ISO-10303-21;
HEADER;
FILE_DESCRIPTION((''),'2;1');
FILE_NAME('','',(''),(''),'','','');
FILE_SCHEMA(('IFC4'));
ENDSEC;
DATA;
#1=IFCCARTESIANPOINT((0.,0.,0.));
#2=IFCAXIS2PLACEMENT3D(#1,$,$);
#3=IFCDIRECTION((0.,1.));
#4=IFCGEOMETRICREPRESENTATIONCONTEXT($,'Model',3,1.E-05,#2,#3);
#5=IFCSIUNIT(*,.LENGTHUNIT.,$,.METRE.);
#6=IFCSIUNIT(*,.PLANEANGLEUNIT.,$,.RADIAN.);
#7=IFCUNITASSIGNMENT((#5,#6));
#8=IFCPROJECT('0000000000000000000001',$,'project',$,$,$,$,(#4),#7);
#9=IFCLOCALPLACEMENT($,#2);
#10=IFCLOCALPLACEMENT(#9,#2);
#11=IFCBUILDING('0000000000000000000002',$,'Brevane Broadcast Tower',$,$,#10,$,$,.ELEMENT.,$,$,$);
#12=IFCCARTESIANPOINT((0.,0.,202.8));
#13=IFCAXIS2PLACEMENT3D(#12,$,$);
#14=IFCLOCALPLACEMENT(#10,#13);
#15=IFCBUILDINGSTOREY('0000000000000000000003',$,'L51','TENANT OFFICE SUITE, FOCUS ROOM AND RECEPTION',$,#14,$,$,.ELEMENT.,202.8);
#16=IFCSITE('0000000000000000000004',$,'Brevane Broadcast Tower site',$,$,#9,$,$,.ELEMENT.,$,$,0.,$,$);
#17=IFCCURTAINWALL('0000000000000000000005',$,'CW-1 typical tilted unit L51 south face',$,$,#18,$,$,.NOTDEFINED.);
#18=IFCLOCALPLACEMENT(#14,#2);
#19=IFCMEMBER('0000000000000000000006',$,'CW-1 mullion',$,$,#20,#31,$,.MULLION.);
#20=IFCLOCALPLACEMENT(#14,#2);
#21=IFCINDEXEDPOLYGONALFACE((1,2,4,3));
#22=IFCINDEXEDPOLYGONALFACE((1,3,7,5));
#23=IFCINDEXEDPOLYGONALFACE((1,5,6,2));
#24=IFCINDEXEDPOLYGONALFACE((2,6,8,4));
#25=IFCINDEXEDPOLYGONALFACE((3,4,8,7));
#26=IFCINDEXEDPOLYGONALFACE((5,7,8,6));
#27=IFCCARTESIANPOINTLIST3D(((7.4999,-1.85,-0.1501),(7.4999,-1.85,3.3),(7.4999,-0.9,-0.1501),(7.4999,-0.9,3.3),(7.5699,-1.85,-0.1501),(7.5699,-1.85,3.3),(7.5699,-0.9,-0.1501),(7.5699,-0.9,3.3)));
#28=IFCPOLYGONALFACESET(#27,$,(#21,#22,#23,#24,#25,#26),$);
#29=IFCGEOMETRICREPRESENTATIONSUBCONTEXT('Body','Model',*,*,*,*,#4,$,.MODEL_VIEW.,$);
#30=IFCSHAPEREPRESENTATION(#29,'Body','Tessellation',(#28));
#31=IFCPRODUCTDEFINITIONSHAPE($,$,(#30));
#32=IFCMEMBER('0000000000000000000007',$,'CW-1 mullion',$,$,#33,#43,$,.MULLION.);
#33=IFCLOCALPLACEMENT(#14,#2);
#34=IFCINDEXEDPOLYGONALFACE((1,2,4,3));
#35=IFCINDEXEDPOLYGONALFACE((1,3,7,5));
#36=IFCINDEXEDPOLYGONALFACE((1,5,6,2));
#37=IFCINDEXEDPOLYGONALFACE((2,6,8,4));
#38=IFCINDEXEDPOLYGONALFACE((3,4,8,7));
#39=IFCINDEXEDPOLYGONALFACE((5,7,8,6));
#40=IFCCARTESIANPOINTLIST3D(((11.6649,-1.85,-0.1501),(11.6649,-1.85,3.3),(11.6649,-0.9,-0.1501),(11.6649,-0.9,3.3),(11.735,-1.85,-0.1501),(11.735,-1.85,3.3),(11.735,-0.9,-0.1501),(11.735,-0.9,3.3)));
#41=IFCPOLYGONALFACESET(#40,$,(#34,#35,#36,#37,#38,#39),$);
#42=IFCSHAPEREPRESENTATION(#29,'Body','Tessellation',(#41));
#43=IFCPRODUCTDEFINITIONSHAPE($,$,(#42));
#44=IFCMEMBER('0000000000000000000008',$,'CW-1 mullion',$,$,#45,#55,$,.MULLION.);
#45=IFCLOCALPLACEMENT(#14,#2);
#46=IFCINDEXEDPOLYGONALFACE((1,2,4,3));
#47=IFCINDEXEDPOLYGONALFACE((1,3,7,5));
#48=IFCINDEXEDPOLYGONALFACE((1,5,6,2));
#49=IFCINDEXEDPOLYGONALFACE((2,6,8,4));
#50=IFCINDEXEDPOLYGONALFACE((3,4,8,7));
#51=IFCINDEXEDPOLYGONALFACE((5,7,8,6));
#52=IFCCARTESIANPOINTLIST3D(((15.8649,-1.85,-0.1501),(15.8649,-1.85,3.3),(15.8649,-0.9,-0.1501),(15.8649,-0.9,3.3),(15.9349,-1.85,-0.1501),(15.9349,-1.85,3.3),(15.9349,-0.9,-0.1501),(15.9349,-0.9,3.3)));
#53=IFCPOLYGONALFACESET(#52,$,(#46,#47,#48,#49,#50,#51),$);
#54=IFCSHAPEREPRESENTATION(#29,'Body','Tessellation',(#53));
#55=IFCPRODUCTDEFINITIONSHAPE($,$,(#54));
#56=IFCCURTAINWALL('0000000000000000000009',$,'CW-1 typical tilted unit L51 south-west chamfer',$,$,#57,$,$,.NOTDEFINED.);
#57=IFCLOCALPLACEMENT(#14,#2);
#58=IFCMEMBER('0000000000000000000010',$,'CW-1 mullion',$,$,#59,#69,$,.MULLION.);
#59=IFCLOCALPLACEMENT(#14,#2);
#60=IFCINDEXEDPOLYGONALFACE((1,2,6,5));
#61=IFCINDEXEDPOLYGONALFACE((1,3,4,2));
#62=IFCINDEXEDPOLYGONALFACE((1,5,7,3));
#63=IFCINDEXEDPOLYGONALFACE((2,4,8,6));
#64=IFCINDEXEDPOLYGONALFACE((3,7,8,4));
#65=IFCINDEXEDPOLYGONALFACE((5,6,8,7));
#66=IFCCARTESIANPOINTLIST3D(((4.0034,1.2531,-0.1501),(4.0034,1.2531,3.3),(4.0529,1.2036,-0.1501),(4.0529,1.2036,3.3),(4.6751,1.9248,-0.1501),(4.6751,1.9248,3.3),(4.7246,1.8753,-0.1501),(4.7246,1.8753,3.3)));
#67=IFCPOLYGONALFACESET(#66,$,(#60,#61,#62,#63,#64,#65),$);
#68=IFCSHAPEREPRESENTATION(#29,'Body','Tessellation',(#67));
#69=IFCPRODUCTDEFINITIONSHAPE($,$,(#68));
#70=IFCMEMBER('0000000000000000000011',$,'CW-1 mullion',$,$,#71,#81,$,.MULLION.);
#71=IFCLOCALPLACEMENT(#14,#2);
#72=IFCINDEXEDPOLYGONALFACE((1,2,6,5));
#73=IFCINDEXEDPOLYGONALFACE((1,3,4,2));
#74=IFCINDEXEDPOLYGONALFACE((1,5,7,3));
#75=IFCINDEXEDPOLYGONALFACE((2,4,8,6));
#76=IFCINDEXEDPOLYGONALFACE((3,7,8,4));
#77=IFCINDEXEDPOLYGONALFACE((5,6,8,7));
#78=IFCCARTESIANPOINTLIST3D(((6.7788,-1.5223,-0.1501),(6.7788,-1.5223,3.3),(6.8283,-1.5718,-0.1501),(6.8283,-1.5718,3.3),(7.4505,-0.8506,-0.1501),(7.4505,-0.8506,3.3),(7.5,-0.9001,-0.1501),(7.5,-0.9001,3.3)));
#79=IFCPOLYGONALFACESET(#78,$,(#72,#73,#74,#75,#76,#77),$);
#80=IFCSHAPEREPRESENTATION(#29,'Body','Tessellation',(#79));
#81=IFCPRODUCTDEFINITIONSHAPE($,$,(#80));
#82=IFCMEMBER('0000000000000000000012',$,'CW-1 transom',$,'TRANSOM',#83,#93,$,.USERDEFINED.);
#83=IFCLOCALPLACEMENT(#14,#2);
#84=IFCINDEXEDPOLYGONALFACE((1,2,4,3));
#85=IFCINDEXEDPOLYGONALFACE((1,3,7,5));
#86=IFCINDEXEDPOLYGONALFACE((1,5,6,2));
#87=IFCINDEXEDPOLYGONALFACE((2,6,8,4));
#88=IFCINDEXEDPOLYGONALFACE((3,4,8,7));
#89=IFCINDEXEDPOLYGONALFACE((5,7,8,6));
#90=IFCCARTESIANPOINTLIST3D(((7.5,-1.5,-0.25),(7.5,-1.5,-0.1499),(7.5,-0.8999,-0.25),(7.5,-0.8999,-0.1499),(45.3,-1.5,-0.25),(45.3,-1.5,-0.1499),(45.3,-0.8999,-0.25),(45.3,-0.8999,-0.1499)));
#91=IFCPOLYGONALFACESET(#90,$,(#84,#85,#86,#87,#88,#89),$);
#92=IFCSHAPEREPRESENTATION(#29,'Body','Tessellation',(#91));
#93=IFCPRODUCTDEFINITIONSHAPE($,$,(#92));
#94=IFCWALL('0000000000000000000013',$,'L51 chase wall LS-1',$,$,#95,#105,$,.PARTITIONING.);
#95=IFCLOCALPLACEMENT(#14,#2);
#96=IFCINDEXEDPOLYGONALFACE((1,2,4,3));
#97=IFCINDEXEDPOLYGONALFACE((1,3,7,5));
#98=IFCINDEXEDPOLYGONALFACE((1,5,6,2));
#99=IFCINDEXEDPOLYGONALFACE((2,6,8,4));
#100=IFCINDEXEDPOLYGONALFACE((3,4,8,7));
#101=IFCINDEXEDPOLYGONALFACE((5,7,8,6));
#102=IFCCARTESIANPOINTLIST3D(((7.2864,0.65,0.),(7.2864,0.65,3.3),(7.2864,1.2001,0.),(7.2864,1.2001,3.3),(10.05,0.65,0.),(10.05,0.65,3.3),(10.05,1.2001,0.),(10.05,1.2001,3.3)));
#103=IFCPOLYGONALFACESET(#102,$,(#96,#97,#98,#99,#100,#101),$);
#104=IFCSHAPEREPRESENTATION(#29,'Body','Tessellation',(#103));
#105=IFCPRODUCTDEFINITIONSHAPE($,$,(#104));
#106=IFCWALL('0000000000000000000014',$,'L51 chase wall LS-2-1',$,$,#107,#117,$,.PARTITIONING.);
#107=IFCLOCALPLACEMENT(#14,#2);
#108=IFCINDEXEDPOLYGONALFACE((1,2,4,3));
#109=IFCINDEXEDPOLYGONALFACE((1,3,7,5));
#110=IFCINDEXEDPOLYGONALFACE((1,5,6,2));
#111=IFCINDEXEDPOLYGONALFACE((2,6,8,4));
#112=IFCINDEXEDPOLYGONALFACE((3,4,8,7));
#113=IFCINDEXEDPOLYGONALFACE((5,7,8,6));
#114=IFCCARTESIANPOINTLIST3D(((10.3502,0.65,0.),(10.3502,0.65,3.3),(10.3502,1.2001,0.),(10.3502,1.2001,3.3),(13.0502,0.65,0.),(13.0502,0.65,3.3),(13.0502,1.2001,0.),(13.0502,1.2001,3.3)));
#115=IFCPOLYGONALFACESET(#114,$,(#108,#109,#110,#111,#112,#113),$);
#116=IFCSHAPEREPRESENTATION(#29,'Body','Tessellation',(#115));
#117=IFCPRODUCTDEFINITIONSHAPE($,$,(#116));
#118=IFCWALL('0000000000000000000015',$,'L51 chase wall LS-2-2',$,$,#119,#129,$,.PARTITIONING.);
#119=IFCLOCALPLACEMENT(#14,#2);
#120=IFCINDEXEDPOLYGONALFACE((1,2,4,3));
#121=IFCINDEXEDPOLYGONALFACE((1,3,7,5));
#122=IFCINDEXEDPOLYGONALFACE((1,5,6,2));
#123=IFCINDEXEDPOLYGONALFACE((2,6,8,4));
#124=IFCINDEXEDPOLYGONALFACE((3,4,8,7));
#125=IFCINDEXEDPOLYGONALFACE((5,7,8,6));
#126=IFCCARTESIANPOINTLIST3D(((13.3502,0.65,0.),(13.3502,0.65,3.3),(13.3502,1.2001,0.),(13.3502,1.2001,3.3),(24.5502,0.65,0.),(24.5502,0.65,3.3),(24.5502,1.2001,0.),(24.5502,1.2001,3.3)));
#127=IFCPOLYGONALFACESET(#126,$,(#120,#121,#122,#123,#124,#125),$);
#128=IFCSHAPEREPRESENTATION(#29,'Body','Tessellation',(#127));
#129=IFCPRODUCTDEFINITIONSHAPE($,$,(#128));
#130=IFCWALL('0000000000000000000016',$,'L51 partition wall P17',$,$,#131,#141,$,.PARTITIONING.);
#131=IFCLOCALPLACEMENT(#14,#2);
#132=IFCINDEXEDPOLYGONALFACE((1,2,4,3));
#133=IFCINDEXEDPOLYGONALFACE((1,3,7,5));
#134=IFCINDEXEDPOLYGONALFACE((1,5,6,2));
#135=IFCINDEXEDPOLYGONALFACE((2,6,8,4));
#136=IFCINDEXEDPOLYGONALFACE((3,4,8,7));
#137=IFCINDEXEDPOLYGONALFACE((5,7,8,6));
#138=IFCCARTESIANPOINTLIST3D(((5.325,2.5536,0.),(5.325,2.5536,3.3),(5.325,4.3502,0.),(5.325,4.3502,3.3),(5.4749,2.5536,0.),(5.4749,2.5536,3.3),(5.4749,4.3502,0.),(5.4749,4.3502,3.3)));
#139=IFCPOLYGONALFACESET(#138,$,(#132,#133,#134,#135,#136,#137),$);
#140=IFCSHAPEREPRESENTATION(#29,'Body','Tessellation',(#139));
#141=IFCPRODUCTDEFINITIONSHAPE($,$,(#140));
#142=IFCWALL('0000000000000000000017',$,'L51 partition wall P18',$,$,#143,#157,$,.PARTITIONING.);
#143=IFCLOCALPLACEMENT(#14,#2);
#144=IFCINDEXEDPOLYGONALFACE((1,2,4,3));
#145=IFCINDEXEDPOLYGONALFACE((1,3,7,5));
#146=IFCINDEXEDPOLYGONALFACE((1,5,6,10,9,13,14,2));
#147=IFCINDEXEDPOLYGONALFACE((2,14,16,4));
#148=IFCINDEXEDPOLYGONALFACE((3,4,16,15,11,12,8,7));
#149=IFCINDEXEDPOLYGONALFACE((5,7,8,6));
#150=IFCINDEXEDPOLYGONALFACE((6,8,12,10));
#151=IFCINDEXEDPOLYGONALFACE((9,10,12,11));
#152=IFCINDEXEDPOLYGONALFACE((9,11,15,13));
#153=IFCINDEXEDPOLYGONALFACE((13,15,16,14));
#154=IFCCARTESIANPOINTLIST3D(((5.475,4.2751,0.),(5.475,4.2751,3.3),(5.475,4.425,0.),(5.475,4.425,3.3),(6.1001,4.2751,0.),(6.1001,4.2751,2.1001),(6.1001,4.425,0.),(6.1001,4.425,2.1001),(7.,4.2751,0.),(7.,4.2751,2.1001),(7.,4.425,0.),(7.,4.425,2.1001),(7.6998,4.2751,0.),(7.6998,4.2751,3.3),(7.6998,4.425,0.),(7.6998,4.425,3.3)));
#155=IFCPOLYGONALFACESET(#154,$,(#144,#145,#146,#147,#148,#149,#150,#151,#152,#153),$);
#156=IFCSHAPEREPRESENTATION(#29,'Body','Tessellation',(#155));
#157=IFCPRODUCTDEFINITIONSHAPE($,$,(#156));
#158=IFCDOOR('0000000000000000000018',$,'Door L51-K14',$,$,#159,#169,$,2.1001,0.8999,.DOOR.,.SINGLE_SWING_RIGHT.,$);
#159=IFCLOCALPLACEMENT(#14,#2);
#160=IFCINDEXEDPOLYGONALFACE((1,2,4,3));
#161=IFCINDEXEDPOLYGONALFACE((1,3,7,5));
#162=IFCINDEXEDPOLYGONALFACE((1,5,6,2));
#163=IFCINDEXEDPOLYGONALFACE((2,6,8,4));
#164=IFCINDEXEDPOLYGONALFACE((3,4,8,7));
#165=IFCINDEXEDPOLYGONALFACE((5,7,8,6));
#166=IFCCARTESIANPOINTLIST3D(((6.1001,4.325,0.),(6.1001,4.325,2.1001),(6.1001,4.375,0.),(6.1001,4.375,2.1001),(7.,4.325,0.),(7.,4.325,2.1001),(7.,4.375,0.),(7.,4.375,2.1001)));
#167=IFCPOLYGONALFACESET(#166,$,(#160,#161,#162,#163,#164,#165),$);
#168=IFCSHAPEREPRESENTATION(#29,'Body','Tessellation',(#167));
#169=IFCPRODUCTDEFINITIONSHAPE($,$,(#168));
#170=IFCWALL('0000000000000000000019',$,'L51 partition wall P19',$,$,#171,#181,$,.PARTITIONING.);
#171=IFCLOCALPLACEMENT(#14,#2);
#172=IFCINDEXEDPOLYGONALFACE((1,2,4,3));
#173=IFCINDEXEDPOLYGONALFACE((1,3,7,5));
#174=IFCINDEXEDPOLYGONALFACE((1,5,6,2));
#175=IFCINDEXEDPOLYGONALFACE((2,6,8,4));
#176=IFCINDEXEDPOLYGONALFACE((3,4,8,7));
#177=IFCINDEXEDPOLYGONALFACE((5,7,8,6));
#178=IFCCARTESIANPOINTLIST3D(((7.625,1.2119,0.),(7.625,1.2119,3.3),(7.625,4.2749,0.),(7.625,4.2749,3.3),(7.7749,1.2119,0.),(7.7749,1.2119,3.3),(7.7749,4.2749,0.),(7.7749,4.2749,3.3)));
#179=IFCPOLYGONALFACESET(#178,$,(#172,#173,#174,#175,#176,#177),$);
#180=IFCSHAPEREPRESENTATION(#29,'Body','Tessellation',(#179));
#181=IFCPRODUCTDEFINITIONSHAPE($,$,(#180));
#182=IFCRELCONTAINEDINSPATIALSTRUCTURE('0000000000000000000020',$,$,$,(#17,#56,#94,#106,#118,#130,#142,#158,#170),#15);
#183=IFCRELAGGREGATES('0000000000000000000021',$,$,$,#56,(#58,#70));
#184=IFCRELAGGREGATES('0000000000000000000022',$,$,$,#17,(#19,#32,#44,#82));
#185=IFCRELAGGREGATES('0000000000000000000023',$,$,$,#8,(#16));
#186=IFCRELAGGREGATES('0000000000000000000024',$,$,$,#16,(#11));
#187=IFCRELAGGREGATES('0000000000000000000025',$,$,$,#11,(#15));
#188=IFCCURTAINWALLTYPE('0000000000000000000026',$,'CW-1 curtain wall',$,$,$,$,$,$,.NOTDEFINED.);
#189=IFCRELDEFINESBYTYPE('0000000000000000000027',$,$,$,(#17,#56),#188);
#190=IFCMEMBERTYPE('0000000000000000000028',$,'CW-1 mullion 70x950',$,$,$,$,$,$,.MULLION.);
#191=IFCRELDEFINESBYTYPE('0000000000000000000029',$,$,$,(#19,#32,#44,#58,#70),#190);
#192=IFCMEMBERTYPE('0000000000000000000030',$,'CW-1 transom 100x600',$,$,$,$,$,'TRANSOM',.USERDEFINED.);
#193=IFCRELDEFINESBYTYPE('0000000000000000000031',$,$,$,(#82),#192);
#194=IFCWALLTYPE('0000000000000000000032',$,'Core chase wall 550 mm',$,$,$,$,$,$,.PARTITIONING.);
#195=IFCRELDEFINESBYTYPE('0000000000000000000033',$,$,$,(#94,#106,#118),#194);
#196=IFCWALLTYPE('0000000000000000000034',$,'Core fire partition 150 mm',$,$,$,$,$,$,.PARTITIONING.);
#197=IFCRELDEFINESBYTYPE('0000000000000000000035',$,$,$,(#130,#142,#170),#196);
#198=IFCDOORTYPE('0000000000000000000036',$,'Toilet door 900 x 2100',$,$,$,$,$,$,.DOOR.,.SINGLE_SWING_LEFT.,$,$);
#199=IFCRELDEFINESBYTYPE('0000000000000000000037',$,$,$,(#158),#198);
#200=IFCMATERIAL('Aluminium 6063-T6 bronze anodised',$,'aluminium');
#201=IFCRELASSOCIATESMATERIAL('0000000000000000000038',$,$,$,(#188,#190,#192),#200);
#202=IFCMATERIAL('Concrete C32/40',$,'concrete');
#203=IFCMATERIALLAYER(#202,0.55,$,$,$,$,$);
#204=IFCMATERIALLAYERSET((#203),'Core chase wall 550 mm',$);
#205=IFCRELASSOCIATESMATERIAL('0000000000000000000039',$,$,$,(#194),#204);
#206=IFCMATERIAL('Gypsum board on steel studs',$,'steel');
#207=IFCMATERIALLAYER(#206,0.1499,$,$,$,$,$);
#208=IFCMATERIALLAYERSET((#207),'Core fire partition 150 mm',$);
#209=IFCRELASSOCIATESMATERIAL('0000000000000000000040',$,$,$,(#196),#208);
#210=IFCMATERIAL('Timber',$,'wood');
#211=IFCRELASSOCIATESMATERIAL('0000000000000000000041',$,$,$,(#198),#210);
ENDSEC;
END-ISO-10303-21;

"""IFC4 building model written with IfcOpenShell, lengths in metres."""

from ifc_helpers import new_model, si_unit, direction, frame, frame_2d, origin, origin_2d, place, context, subcontext, project, spatial, rectangle, extrude, material, layer, layer_set, material_profile, profile_set, type_object, element, fill, aggregate, save


model = new_model("IFC4")

# Units and contexts
model_context = context("Model", 3, precision=1e-05, world=origin(), true_north=direction((0.0, 1.0)))
body_context = subcontext(model_context, "Body", "Model", "MODEL_VIEW")
ifc_project = project(units=[si_unit("LENGTHUNIT", "METRE"), si_unit("PLANEANGLEUNIT", "RADIAN")], contexts=[model_context])

# Site, building, storey
site_placement = place(None, origin())
site = spatial("IfcSite", under=ifc_project, at=site_placement, Name="Brevane Broadcast Tower site", CompositionType="ELEMENT", RefElevation=0.0)
building_placement = place(site_placement, origin())
building = spatial("IfcBuilding", under=site, at=building_placement, Name="Brevane Broadcast Tower", CompositionType="ELEMENT")
storey_placement = place(building_placement, frame((0.0, 0.0, 202.8)))
storey = spatial("IfcBuildingStorey", under=building, at=storey_placement, Name="L51", Description="TENANT OFFICE SUITE, FOCUS ROOM AND RECEPTION", CompositionType="ELEMENT", Elevation=202.8)

# Curtain walls, members
ifc_material_1 = material(Name="Aluminium 6063-T6 bronze anodised", Category="aluminium")
curtain_wall_type = type_object("IfcCurtainWallType", Name="CW-1 curtain wall", PredefinedType="NOTDEFINED", material=ifc_material_1)
curtain_wall_1_placement = place(storey_placement, origin())
curtain_wall_1 = element("IfcCurtainWall", 1, at=curtain_wall_1_placement, inside=storey, type_object=curtain_wall_type, Name="CW-1 typical tilted unit L51 south face", PredefinedType="NOTDEFINED")
ifc_material_profile_1 = material_profile(ifc_material_1, rectangle(XDim=0.95, YDim=0.0701, at=origin_2d()), Name="RECT 70x950")
ifc_profile_set_1 = profile_set([ifc_material_profile_1], Name="Aluminium 6063-T6 bronze anodised")
member_type_1 = type_object("IfcMemberType", Name="CW-1 mullion 70x950", PredefinedType="MULLION", material=ifc_profile_set_1)
member_1_placement = place(storey_placement, frame((7.5349, -1.375, -0.1501), z_axis=(0.0, 0.0, 1.0), x_axis=(0.0, 1.0, 0.0)))
member_1 = element("IfcMember", 2, at=member_1_placement, type_object=member_type_1, Name="CW-1 mullion", PredefinedType="MULLION", context=body_context, shape_type="SweptSolid", body=[
    extrude(rectangle(XDim=0.95, YDim=0.0701, at=origin_2d()), origin(), (0.0, 0.0, 1.0), 3.4502),
])
member_2_placement = place(storey_placement, frame((11.7, -1.375, -0.1501), z_axis=(0.0, 0.0, 1.0), x_axis=(0.0, 1.0, 0.0)))
member_2 = element("IfcMember", 3, at=member_2_placement, type_object=member_type_1, Name="CW-1 mullion", PredefinedType="MULLION", context=body_context, shape_type="SweptSolid", body=[
    extrude(rectangle(XDim=0.95, YDim=0.0701, at=origin_2d()), origin(), (0.0, 0.0, 1.0), 3.4502),
])
member_3_placement = place(storey_placement, frame((15.8999, -1.375, -0.1501), z_axis=(0.0, 0.0, 1.0), x_axis=(0.0, 1.0, 0.0)))
member_3 = element("IfcMember", 4, at=member_3_placement, type_object=member_type_1, Name="CW-1 mullion", PredefinedType="MULLION", context=body_context, shape_type="SweptSolid", body=[
    extrude(rectangle(XDim=0.95, YDim=0.0701, at=origin_2d()), origin(), (0.0, 0.0, 1.0), 3.4502),
])
curtain_wall_2_placement = place(storey_placement, origin())
curtain_wall_2 = element("IfcCurtainWall", 5, at=curtain_wall_2_placement, inside=storey, type_object=curtain_wall_type, Name="CW-1 typical tilted unit L51 south-west chamfer", PredefinedType="NOTDEFINED")
member_4_placement = place(storey_placement, frame((4.364, 1.5642, -0.1501), z_axis=(0.0, 0.0, 1.0), x_axis=(0.707107, 0.707107, 0.0)))
member_4 = element("IfcMember", 6, at=member_4_placement, type_object=member_type_1, Name="CW-1 mullion", PredefinedType="MULLION", context=body_context, shape_type="SweptSolid", body=[
    extrude(rectangle(XDim=0.95, YDim=0.0701, at=origin_2d()), origin(), (0.0, 0.0, 1.0), 3.4502),
])
member_5_placement = place(storey_placement, frame((7.1394, -1.2112, -0.1501), z_axis=(0.0, 0.0, 1.0), x_axis=(0.707107, 0.707107, 0.0)))
member_5 = element("IfcMember", 7, at=member_5_placement, type_object=member_type_1, Name="CW-1 mullion", PredefinedType="MULLION", context=body_context, shape_type="SweptSolid", body=[
    extrude(rectangle(XDim=0.95, YDim=0.0701, at=origin_2d()), origin(), (0.0, 0.0, 1.0), 3.4502),
])
aggregate(curtain_wall_2, [member_4, member_5])

# Member
ifc_material_profile_2 = material_profile(ifc_material_1, rectangle(XDim=0.6001, YDim=0.1001, at=origin_2d()), Name="RECT 100x600")
ifc_profile_set_2 = profile_set([ifc_material_profile_2], Name="Aluminium 6063-T6 bronze anodised")
member_type_2 = type_object("IfcMemberType", Name="CW-1 transom 100x600", ElementType="TRANSOM", PredefinedType="USERDEFINED", material=ifc_profile_set_2)
member_6_placement = place(storey_placement, frame((7.5, -1.2, -0.2), z_axis=(1.0, 0.0, 0.0), x_axis=(0.0, 1.0, 0.0)))
member_6 = element("IfcMember", 8, at=member_6_placement, type_object=member_type_2, Name="CW-1 transom", ObjectType="TRANSOM", PredefinedType="USERDEFINED", context=body_context, shape_type="SweptSolid", body=[
    extrude(rectangle(XDim=0.6001, YDim=0.1001, at=origin_2d()), origin(), (0.0, 0.0, 1.0), 37.8),
])
aggregate(curtain_wall_1, [member_1, member_2, member_3, member_6])

# Walls
ifc_material_2 = material(Name="Concrete C32/40", Category="concrete")
ifc_layer_1 = layer(ifc_material_2, 0.55)
ifc_layer_set_1 = layer_set([ifc_layer_1], Name="Core chase wall 550 mm")
wall_type_1 = type_object("IfcWallType", Name="Core chase wall 550 mm", PredefinedType="PARTITIONING", material=ifc_layer_set_1)
wall_1_placement = place(storey_placement, frame((7.2864, 0.925, 0.0), z_axis=(0.0, 0.0, 1.0), x_axis=(1.0, 0.0, 0.0)))
element("IfcWall", 9, at=wall_1_placement, inside=storey, type_object=wall_type_1, Name="L51 chase wall LS-1", PredefinedType="PARTITIONING", context=body_context, shape_type="SweptSolid", body=[
    extrude(rectangle(XDim=2.7637, YDim=0.55, at=frame_2d((1.3818, 0.0))), origin(), (0.0, 0.0, 1.0), 3.3),
])
wall_2_placement = place(storey_placement, frame((10.3501, 0.925, 0.0), z_axis=(0.0, 0.0, 1.0), x_axis=(1.0, 0.0, 0.0)))
element("IfcWall", 10, at=wall_2_placement, inside=storey, type_object=wall_type_1, Name="L51 chase wall LS-2-1", PredefinedType="PARTITIONING", context=body_context, shape_type="SweptSolid", body=[
    extrude(rectangle(XDim=2.7, YDim=0.55, at=frame_2d((1.3501, 0.0))), origin(), (0.0, 0.0, 1.0), 3.3),
])
wall_3_placement = place(storey_placement, frame((13.3501, 0.925, 0.0), z_axis=(0.0, 0.0, 1.0), x_axis=(1.0, 0.0, 0.0)))
element("IfcWall", 11, at=wall_3_placement, inside=storey, type_object=wall_type_1, Name="L51 chase wall LS-2-2", PredefinedType="PARTITIONING", context=body_context, shape_type="SweptSolid", body=[
    extrude(rectangle(XDim=11.2, YDim=0.55, at=frame_2d((5.6001, 0.0))), origin(), (0.0, 0.0, 1.0), 3.3),
])
ifc_material_3 = material(Name="Gypsum board on steel studs", Category="steel")
ifc_layer_2 = layer(ifc_material_3, 0.1499)
ifc_layer_set_2 = layer_set([ifc_layer_2], Name="Core fire partition 150 mm")
wall_type_2 = type_object("IfcWallType", Name="Core fire partition 150 mm", PredefinedType="PARTITIONING", material=ifc_layer_set_2)
wall_4_placement = place(storey_placement, frame((5.3999, 2.5535, 0.0), z_axis=(0.0, 0.0, 1.0), x_axis=(0.0, 1.0, 0.0)))
element("IfcWall", 12, at=wall_4_placement, inside=storey, type_object=wall_type_2, Name="L51 partition wall P17", PredefinedType="PARTITIONING", context=body_context, shape_type="SweptSolid", body=[
    extrude(rectangle(XDim=1.7966, YDim=0.1499, at=frame_2d((0.8984, 0.0))), origin(), (0.0, 0.0, 1.0), 3.3),
])

# Wall, opening, door
wall_5_placement = place(storey_placement, frame((5.4751, 4.3501, 0.0), z_axis=(0.0, 0.0, 1.0), x_axis=(1.0, 0.0, 0.0)))
wall_5 = element("IfcWall", 13, at=wall_5_placement, inside=storey, type_object=wall_type_2, Name="L51 partition wall P18", PredefinedType="PARTITIONING", context=body_context, shape_type="SweptSolid", body=[
    extrude(rectangle(XDim=2.2249, YDim=0.1499, at=frame_2d((1.1123, 0.0))), origin(), (0.0, 0.0, 1.0), 3.3),
])
opening_1_placement = place(wall_5_placement, frame((0.625, 0.0, 0.0)))
opening_1 = element("IfcOpeningElement", 14, at=opening_1_placement, cuts=wall_5, PredefinedType="OPENING", context=body_context, shape_type="SweptSolid", body=[
    extrude(rectangle(XDim=0.8999, YDim=2.1001, at=frame_2d((0.45, 1.05))), frame((0.0, 0.085, 0.0), z_axis=(0.0, -1.0, 0.0), x_axis=(1.0, 0.0, 0.0)), (0.0, 0.0, 1.0), 0.1699),
])
ifc_material_4 = material(Name="Timber", Category="wood")
door_type_1 = type_object("IfcDoorType", Name="Toilet door 900 x 2100", OperationType="SINGLE_SWING_LEFT", PredefinedType="DOOR", material=ifc_material_4)
door_1_placement = place(opening_1_placement, origin())
door_1 = element("IfcDoor", 15, at=door_1_placement, inside=storey, type_object=door_type_1, Name="Door L51-K14", OperationType="SINGLE_SWING_RIGHT", OverallHeight=2.1001, OverallWidth=0.8999, PredefinedType="DOOR", context=body_context, shape_type="SweptSolid", body=[
    extrude(rectangle(XDim=0.8999, YDim=2.1001, at=frame_2d((0.45, 1.05))), frame((0.0, 0.0249, 0.0), z_axis=(0.0, -1.0, 0.0), x_axis=(1.0, 0.0, 0.0)), (0.0, 0.0, 1.0), 0.05),
])
fill(opening_1, door_1)

# Wall
wall_6_placement = place(storey_placement, frame((7.7, 4.2749, 0.0), z_axis=(0.0, 0.0, 1.0), x_axis=(0.0, -1.0, 0.0)))
element("IfcWall", 16, at=wall_6_placement, inside=storey, type_object=wall_type_2, Name="L51 partition wall P19", PredefinedType="PARTITIONING", context=body_context, shape_type="SweptSolid", body=[
    extrude(rectangle(XDim=3.063, YDim=0.1499, at=frame_2d((1.5315, 0.0))), origin(), (0.0, 0.0, 1.0), 3.3),
])

save(model, "model.ifc")
